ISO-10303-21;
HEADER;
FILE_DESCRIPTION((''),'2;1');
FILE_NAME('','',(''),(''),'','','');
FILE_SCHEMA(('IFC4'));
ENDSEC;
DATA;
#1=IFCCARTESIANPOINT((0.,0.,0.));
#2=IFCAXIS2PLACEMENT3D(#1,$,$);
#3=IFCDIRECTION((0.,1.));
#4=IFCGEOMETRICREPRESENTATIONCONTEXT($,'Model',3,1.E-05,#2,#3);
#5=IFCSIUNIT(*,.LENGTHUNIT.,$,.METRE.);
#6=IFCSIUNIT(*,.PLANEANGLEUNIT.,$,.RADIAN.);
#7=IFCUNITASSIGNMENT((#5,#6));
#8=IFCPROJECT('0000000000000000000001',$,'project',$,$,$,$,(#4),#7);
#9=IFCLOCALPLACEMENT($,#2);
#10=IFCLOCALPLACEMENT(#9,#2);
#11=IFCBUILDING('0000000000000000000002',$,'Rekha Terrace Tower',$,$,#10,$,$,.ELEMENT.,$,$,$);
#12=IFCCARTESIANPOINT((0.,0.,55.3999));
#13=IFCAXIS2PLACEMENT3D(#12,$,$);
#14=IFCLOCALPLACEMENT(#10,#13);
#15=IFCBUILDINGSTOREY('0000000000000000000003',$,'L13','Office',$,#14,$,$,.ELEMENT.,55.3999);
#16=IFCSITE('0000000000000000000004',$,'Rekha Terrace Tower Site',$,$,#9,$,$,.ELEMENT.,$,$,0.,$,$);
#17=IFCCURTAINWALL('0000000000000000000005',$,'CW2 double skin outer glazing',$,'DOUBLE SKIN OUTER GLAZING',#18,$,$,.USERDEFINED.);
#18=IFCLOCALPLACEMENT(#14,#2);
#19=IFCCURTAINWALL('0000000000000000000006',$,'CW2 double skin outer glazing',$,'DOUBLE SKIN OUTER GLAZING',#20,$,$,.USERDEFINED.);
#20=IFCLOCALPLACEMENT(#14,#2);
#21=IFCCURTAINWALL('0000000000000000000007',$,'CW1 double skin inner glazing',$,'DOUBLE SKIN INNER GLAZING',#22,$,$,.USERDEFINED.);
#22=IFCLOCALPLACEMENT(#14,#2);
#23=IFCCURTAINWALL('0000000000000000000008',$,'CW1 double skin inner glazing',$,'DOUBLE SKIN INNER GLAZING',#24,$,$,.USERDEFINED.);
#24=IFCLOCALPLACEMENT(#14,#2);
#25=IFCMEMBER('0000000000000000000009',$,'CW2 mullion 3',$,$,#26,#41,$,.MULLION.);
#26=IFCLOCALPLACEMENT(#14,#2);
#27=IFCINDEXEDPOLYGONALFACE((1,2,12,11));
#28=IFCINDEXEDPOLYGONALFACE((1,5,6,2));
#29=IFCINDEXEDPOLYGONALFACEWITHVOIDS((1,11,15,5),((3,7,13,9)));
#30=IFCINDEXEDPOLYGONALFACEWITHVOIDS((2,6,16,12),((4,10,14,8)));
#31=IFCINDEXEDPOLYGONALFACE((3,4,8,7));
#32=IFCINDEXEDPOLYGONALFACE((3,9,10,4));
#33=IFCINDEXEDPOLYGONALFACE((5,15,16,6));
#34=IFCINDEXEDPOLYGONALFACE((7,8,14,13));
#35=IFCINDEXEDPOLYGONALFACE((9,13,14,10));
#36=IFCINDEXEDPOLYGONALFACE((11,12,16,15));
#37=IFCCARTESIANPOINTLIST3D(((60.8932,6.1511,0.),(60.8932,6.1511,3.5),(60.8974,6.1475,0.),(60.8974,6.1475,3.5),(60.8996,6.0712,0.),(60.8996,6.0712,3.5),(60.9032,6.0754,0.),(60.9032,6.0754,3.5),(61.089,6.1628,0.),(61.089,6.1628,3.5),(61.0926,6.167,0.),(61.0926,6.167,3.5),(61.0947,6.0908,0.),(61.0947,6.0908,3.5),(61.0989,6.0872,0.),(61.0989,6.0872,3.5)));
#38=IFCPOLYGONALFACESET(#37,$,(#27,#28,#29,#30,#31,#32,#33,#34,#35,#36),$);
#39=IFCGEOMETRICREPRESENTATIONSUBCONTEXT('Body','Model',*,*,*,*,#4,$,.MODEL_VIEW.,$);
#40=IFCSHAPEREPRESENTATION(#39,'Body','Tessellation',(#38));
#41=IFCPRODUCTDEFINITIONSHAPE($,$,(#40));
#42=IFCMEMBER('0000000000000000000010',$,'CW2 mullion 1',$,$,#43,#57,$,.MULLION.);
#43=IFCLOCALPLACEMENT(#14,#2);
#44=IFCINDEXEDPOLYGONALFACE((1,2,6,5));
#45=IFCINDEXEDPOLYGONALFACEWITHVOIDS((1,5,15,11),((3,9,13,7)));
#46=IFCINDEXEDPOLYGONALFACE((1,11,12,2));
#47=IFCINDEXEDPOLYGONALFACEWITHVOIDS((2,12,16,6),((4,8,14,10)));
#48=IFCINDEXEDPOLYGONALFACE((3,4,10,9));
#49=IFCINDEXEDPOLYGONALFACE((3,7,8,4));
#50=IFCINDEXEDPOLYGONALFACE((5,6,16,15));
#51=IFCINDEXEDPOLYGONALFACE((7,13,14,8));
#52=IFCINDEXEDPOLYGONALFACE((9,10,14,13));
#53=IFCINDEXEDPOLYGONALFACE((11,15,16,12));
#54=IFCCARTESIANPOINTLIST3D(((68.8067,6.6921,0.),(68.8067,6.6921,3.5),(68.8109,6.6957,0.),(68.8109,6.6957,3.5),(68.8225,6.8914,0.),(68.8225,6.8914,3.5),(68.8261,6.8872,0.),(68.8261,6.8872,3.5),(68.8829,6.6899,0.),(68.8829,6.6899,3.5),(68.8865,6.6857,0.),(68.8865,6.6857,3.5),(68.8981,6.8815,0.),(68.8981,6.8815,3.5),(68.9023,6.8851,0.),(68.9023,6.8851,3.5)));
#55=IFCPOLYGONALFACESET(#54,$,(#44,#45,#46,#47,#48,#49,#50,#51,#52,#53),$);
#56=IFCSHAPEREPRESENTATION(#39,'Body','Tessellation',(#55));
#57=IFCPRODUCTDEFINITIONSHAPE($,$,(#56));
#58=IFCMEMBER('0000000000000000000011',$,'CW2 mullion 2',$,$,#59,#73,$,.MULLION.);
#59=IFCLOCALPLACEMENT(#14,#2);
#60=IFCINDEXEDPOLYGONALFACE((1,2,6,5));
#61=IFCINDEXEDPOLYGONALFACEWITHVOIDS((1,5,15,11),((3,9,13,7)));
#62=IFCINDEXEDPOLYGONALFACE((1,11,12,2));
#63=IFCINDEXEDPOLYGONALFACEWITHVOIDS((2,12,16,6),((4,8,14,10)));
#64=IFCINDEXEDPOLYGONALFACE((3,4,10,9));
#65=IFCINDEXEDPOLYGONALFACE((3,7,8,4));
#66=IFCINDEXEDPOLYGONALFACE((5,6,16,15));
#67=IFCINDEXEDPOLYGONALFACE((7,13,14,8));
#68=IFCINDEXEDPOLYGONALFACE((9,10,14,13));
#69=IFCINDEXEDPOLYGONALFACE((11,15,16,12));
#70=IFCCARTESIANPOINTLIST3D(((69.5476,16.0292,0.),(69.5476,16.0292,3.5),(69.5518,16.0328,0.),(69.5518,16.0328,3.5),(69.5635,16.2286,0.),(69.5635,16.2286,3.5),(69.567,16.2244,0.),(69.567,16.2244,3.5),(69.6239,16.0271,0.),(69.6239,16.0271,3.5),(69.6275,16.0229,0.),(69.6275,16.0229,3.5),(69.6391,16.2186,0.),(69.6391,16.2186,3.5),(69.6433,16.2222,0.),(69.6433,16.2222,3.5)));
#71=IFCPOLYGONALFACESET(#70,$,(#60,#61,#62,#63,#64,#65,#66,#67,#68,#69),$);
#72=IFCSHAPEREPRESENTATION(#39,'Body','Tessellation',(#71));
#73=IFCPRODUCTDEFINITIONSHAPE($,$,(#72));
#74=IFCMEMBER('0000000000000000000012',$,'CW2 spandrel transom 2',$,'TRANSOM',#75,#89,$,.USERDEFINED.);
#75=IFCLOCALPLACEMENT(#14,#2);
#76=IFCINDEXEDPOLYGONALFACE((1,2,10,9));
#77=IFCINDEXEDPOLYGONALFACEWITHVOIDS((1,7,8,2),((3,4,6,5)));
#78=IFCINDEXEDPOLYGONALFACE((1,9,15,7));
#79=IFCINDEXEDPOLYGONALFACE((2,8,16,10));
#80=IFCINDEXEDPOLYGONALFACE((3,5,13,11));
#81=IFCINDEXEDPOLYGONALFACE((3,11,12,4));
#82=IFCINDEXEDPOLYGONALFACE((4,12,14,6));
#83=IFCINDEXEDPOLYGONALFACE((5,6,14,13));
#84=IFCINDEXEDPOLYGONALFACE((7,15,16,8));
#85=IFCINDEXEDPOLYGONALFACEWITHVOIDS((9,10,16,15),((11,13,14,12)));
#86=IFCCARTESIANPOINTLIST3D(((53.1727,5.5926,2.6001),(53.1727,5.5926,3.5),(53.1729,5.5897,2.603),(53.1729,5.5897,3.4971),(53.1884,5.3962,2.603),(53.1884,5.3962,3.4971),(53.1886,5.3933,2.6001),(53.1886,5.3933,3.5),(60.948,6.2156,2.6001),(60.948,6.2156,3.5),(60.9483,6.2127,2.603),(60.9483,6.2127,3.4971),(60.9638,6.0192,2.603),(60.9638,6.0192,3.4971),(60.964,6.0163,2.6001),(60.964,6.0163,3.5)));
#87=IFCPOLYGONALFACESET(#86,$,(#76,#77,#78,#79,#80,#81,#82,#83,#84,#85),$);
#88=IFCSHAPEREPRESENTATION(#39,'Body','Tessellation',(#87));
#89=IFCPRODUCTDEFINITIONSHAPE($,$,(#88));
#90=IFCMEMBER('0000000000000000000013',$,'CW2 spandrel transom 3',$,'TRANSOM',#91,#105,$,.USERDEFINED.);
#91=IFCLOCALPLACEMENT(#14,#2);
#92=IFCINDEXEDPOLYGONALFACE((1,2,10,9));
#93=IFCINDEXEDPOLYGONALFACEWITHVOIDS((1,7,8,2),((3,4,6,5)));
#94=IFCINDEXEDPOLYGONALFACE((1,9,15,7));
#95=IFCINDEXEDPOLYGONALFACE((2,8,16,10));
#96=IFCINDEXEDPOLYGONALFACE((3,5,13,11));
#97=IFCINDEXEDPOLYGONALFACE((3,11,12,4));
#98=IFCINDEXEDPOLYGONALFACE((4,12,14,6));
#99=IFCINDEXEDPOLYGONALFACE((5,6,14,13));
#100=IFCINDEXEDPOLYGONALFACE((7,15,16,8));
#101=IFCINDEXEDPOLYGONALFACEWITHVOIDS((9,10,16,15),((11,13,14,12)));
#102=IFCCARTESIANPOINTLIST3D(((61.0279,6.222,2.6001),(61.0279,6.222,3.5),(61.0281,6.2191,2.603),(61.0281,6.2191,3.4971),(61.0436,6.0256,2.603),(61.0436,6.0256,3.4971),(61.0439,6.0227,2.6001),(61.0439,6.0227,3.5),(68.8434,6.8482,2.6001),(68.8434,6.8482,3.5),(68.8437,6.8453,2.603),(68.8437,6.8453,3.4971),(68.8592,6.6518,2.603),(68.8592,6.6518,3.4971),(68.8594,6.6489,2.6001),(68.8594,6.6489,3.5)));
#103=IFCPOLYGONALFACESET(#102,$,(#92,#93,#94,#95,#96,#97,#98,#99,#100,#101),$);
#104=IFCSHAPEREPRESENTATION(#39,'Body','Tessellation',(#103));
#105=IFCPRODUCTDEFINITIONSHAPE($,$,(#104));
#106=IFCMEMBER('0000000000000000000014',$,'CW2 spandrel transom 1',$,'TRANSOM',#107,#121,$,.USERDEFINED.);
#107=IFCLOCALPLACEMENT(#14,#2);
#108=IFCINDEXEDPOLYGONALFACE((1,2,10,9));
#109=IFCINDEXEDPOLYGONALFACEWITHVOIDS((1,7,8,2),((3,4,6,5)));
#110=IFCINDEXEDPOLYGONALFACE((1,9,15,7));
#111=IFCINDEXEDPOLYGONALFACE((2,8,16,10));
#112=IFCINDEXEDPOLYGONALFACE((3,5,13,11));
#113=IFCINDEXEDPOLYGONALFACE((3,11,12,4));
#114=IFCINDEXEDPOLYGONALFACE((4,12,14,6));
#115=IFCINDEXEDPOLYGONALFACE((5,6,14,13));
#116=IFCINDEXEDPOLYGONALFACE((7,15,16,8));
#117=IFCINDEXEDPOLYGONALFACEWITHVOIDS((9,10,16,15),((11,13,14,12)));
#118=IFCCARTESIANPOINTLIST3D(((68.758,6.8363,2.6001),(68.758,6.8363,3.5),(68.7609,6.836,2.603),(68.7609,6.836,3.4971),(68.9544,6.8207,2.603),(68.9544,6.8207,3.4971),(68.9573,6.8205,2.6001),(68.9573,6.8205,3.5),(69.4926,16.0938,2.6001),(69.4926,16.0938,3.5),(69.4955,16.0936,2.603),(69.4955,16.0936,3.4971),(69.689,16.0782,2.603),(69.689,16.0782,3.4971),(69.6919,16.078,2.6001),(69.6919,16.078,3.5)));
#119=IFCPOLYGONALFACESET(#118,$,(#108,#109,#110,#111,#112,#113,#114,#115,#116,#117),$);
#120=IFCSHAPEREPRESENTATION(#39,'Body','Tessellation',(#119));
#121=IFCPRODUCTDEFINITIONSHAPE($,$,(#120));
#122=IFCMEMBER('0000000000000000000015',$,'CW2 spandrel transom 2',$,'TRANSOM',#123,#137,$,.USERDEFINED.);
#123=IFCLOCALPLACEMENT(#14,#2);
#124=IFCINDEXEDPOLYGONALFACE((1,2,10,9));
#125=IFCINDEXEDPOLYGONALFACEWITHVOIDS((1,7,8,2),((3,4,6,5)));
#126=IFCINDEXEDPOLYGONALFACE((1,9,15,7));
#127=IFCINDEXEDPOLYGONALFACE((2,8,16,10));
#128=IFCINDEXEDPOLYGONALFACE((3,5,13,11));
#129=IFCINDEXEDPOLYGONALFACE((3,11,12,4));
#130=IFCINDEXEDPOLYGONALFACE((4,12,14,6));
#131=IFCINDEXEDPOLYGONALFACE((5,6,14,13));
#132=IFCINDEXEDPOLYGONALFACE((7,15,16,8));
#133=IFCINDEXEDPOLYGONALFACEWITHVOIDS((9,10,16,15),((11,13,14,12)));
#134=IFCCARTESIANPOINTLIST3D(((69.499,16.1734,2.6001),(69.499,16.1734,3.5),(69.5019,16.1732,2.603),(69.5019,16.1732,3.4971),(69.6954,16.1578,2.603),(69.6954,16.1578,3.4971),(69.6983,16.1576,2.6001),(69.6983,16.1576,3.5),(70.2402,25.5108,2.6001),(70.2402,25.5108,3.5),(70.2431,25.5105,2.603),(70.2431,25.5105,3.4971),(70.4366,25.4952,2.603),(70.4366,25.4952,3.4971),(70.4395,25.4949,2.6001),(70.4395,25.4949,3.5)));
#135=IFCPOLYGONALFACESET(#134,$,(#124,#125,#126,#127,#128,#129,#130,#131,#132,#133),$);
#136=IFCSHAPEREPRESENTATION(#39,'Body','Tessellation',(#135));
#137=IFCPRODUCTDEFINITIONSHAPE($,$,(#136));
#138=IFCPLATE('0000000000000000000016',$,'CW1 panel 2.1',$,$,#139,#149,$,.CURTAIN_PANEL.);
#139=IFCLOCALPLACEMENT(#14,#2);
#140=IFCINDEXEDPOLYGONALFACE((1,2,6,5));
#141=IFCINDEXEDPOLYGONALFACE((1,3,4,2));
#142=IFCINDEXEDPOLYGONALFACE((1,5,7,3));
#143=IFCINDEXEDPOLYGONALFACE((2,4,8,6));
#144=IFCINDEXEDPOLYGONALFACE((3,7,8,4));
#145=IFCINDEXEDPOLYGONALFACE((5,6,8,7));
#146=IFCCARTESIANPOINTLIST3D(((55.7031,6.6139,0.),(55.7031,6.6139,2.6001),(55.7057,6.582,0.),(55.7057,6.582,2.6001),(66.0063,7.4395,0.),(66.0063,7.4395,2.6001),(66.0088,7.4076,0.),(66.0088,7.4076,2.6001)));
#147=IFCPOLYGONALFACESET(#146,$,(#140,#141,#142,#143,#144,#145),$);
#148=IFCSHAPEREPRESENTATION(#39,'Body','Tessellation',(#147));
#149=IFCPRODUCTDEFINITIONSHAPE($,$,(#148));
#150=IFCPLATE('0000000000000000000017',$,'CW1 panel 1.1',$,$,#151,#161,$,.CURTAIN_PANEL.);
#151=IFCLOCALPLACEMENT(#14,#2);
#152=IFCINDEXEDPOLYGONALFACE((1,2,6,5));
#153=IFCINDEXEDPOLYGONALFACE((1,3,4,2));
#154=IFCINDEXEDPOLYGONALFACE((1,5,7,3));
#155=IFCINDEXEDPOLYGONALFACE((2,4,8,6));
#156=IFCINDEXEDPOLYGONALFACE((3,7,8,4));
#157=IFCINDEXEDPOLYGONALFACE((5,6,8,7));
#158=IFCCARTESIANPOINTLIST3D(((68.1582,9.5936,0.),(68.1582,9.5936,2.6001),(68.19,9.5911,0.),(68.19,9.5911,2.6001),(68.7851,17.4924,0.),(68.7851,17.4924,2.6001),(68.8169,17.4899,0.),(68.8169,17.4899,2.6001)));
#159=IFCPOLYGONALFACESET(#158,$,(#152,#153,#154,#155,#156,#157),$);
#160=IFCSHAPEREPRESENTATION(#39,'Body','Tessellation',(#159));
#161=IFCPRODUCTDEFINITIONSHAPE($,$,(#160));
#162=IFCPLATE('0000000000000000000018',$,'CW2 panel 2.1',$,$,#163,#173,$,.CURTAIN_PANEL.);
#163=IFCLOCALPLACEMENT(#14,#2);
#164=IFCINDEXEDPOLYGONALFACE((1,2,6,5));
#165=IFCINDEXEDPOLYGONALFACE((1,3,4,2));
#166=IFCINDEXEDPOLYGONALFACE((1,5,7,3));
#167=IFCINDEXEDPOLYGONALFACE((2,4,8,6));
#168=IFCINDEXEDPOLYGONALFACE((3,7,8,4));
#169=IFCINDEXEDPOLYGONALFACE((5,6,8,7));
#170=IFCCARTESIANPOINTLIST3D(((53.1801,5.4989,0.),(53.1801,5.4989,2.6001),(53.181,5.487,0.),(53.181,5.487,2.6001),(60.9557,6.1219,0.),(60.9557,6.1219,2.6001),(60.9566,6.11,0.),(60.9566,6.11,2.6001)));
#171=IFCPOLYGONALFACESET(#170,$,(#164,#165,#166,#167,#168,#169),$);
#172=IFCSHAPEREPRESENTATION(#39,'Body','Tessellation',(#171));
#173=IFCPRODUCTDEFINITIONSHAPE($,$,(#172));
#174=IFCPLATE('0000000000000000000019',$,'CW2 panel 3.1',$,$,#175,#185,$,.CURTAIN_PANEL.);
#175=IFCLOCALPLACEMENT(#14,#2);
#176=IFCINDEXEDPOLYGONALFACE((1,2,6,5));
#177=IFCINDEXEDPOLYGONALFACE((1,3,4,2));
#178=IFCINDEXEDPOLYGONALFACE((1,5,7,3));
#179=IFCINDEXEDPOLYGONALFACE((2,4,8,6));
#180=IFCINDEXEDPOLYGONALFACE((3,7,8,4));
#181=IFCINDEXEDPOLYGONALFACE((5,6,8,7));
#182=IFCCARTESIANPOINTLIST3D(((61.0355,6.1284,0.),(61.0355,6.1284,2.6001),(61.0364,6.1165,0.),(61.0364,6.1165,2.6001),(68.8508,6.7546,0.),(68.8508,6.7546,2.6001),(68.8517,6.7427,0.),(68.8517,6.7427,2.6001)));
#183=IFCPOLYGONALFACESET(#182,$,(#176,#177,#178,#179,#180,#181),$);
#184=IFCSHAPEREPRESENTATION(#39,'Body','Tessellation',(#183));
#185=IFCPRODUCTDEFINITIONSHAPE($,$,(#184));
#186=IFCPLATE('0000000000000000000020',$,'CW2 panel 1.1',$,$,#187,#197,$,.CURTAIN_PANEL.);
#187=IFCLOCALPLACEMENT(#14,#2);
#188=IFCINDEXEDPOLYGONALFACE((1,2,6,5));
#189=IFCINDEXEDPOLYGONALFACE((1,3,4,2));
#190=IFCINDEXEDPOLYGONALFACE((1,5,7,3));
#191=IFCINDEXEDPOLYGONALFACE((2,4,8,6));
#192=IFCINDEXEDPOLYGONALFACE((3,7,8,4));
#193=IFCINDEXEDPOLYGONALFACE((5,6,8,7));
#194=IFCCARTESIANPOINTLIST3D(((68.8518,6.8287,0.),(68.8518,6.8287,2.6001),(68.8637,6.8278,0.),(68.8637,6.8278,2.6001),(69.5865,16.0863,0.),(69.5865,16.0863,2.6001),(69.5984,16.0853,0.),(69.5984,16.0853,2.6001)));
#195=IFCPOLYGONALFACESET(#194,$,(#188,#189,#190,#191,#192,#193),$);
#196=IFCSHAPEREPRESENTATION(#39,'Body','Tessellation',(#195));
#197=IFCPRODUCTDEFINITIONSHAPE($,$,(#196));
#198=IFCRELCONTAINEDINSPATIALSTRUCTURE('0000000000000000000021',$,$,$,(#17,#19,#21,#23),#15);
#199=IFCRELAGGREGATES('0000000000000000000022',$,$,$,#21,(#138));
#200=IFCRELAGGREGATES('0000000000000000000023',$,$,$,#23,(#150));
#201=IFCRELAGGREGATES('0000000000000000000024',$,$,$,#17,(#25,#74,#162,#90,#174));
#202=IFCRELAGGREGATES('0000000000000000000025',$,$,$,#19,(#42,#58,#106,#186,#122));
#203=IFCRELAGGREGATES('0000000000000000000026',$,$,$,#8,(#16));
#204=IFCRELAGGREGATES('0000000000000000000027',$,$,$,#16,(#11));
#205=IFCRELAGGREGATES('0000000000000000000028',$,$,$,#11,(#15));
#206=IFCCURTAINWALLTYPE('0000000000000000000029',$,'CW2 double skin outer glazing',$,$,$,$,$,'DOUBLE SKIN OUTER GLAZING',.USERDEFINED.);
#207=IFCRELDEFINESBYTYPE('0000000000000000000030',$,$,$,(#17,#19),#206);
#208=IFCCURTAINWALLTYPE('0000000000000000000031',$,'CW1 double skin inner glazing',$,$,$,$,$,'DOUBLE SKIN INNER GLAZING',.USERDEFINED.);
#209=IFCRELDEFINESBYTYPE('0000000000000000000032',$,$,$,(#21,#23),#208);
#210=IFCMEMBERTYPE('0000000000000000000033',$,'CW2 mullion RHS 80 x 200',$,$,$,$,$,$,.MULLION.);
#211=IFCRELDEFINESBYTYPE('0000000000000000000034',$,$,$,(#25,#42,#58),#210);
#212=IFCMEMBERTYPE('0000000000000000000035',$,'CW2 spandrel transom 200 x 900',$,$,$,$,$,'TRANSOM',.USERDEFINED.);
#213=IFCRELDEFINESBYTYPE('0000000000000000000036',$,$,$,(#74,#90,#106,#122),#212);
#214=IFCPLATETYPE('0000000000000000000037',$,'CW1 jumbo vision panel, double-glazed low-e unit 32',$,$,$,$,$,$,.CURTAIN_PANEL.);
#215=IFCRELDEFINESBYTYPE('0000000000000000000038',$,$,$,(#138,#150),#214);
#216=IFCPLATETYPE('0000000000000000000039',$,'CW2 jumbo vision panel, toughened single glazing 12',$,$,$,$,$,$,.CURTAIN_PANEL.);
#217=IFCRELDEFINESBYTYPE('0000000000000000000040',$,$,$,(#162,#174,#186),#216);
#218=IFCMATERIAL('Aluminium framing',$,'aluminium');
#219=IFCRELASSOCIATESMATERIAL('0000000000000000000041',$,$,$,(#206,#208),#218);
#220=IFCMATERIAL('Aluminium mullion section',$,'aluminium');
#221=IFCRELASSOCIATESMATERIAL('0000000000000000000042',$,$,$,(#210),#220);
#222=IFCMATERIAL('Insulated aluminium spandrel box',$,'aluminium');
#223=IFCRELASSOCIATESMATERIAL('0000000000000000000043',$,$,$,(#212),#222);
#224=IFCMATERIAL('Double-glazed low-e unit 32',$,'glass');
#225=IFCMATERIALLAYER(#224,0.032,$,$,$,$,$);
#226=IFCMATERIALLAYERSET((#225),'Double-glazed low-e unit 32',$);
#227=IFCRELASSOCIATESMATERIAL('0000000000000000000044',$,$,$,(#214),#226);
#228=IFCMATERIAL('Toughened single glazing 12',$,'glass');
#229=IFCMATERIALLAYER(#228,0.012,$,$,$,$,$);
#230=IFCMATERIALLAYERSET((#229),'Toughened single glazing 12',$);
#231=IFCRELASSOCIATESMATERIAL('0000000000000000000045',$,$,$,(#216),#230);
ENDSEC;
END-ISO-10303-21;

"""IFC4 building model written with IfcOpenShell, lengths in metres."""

from ifc_helpers import new_model, si_unit, direction, frame, origin, origin_2d, place, context, subcontext, project, spatial, rectangle, hollow_rectangle, extrude, material, layer, layer_set, material_profile, profile_set, type_object, element, aggregate, save


model = new_model("IFC4")

# Units and contexts
model_context = context("Model", 3, precision=1e-05, world=origin(), true_north=direction((0.0, 1.0)))
body_context = subcontext(model_context, "Body", "Model", "MODEL_VIEW")
ifc_project = project(units=[si_unit("LENGTHUNIT", "METRE"), si_unit("PLANEANGLEUNIT", "RADIAN")], contexts=[model_context])

# Site, building, storey
site_placement = place(None, origin())
site = spatial("IfcSite", under=ifc_project, at=site_placement, Name="Rekha Terrace Tower Site", CompositionType="ELEMENT", RefElevation=0.0)
building_placement = place(site_placement, origin())
building = spatial("IfcBuilding", under=site, at=building_placement, Name="Rekha Terrace Tower", CompositionType="ELEMENT")
storey_placement = place(building_placement, frame((0.0, 0.0, 55.3999)))
storey = spatial("IfcBuildingStorey", under=building, at=storey_placement, Name="L13", Description="Office", CompositionType="ELEMENT", Elevation=55.3999)

# Curtain wall
ifc_material_1 = material(Name="Aluminium framing", Category="aluminium")
curtain_wall_type_1 = type_object("IfcCurtainWallType", Name="CW2 double skin outer glazing", ElementType="DOUBLE SKIN OUTER GLAZING", PredefinedType="USERDEFINED", material=ifc_material_1)
curtain_wall_1_placement = place(storey_placement, origin())
curtain_wall_1 = element("IfcCurtainWall", 1, at=curtain_wall_1_placement, inside=storey, type_object=curtain_wall_type_1, Name="CW2 double skin outer glazing", ObjectType="DOUBLE SKIN OUTER GLAZING", PredefinedType="USERDEFINED")

# Curtain wall
curtain_wall_2_placement = place(storey_placement, origin())
curtain_wall_2 = element("IfcCurtainWall", 2, at=curtain_wall_2_placement, inside=storey, type_object=curtain_wall_type_1, Name="CW2 double skin outer glazing", ObjectType="DOUBLE SKIN OUTER GLAZING", PredefinedType="USERDEFINED")

# Curtain wall
curtain_wall_type_2 = type_object("IfcCurtainWallType", Name="CW1 double skin inner glazing", ElementType="DOUBLE SKIN INNER GLAZING", PredefinedType="USERDEFINED", material=ifc_material_1)
curtain_wall_3_placement = place(storey_placement, origin())
curtain_wall_3 = element("IfcCurtainWall", 3, at=curtain_wall_3_placement, inside=storey, type_object=curtain_wall_type_2, Name="CW1 double skin inner glazing", ObjectType="DOUBLE SKIN INNER GLAZING", PredefinedType="USERDEFINED")
ifc_material_2 = material(Name="Aluminium mullion section", Category="aluminium")

# Curtain wall
curtain_wall_4_placement = place(storey_placement, origin())
curtain_wall_4 = element("IfcCurtainWall", 4, at=curtain_wall_4_placement, inside=storey, type_object=curtain_wall_type_2, Name="CW1 double skin inner glazing", ObjectType="DOUBLE SKIN INNER GLAZING", PredefinedType="USERDEFINED")

# Members
ifc_material_3 = material(Name="Insulated aluminium spandrel box", Category="aluminium")
ifc_material_profile_1 = material_profile(ifc_material_2, hollow_rectangle(XDim=0.0801, YDim=0.2, WallThickness=0.0039, at=origin_2d()), Name="AL RHS 80x200")
ifc_profile_set_1 = profile_set([ifc_material_profile_1], Name="Aluminium mullion section")
member_type_1 = type_object("IfcMemberType", Name="CW2 mullion RHS 80 x 200", PredefinedType="MULLION", material=ifc_profile_set_1)
member_1_placement = place(storey_placement, frame((60.9961, 6.1191, 0.0), z_axis=(0.0, 0.0, 1.0), x_axis=(-0.079872, 0.996805, 0.0)))
member_1 = element("IfcMember", 5, at=member_1_placement, type_object=member_type_1, Name="CW2 mullion 3", PredefinedType="MULLION", context=body_context, shape_type="SweptSolid", body=[
    extrude(hollow_rectangle(XDim=0.0801, YDim=0.2, WallThickness=0.0039, at=origin_2d()), origin(), (0.0, 0.0, 1.0), 3.5),
])
member_2_placement = place(storey_placement, frame((68.8545, 6.7886, 0.0), z_axis=(0.0, 0.0, 1.0), x_axis=(-0.996865, 0.079116, 0.0)))
member_2 = element("IfcMember", 6, at=member_2_placement, type_object=member_type_1, Name="CW2 mullion 1", PredefinedType="MULLION", context=body_context, shape_type="SweptSolid", body=[
    extrude(hollow_rectangle(XDim=0.0801, YDim=0.2, WallThickness=0.0039, at=origin_2d()), origin(), (0.0, 0.0, 1.0), 3.5),
])
member_3_placement = place(storey_placement, frame((69.5955, 16.1257, 0.0), z_axis=(0.0, 0.0, 1.0), x_axis=(-0.996865, 0.079116, 0.0)))
member_3 = element("IfcMember", 7, at=member_3_placement, type_object=member_type_1, Name="CW2 mullion 2", PredefinedType="MULLION", context=body_context, shape_type="SweptSolid", body=[
    extrude(hollow_rectangle(XDim=0.0801, YDim=0.2, WallThickness=0.0039, at=origin_2d()), origin(), (0.0, 0.0, 1.0), 3.5),
])
ifc_material_profile_2 = material_profile(ifc_material_3, hollow_rectangle(XDim=0.2, YDim=0.8999, WallThickness=0.0029, at=origin_2d()), Name="AL SPANDREL BOX 200x900")
ifc_profile_set_2 = profile_set([ifc_material_profile_2], Name="Insulated aluminium spandrel box")
member_type_2 = type_object("IfcMemberType", Name="CW2 spandrel transom 200 x 900", ElementType="TRANSOM", PredefinedType="USERDEFINED", material=ifc_profile_set_2)
member_4_placement = place(storey_placement, frame((53.1807, 5.4929, 3.05), z_axis=(0.996805, 0.079875, 0.0), x_axis=(-0.079875, 0.996805, 0.0)))
member_4 = element("IfcMember", 8, at=member_4_placement, type_object=member_type_2, Name="CW2 spandrel transom 2", ObjectType="TRANSOM", PredefinedType="USERDEFINED", context=body_context, shape_type="SweptSolid", body=[
    extrude(hollow_rectangle(XDim=0.2, YDim=0.8999, WallThickness=0.0029, at=origin_2d()), origin(), (0.0, 0.0, 1.0), 7.8003),
])
member_5_placement = place(storey_placement, frame((61.0359, 6.1223, 3.05), z_axis=(0.996805, 0.07987, 0.0), x_axis=(-0.07987, 0.996805, 0.0)))
member_5 = element("IfcMember", 9, at=member_5_placement, type_object=member_type_2, Name="CW2 spandrel transom 3", ObjectType="TRANSOM", PredefinedType="USERDEFINED", context=body_context, shape_type="SweptSolid", body=[
    extrude(hollow_rectangle(XDim=0.2, YDim=0.8999, WallThickness=0.0029, at=origin_2d()), origin(), (0.0, 0.0, 1.0), 7.8406),
])
member_6_placement = place(storey_placement, frame((68.8577, 6.8284, 3.05), z_axis=(0.079105, 0.996866, 0.0), x_axis=(-0.996866, 0.079105, 0.0)))
member_6 = element("IfcMember", 10, at=member_6_placement, type_object=member_type_2, Name="CW2 spandrel transom 1", ObjectType="TRANSOM", PredefinedType="USERDEFINED", context=body_context, shape_type="SweptSolid", body=[
    extrude(hollow_rectangle(XDim=0.2, YDim=0.8999, WallThickness=0.0029, at=origin_2d()), origin(), (0.0, 0.0, 1.0), 9.2866),
])
member_7_placement = place(storey_placement, frame((69.5986, 16.1655, 3.05), z_axis=(0.079132, 0.996864, 0.0), x_axis=(-0.996864, 0.079132, 0.0)))
member_7 = element("IfcMember", 11, at=member_7_placement, type_object=member_type_2, Name="CW2 spandrel transom 2", ObjectType="TRANSOM", PredefinedType="USERDEFINED", context=body_context, shape_type="SweptSolid", body=[
    extrude(hollow_rectangle(XDim=0.2, YDim=0.8999, WallThickness=0.0029, at=origin_2d()), origin(), (0.0, 0.0, 1.0), 9.3667),
])

# Plates
ifc_material_4 = material(Name="Double-glazed low-e unit 32", Category="glass")
ifc_layer_1 = layer(ifc_material_4, 0.032)
ifc_layer_set_1 = layer_set([ifc_layer_1], Name="Double-glazed low-e unit 32")
plate_type_1 = type_object("IfcPlateType", Name="CW1 jumbo vision panel, double-glazed low-e unit 32", PredefinedType="CURTAIN_PANEL", material=ifc_layer_set_1)
plate_1_placement = place(storey_placement, frame((60.856, 7.0107, 0.0), z_axis=(0.0, 0.0, 1.0), x_axis=(0.996805, 0.079872, 0.0)))
plate_1 = element("IfcPlate", 12, at=plate_1_placement, type_object=plate_type_1, Name="CW1 panel 2.1", PredefinedType="CURTAIN_PANEL", context=body_context, shape_type="SweptSolid", body=[
    extrude(rectangle(XDim=10.3362, YDim=0.032, at=origin_2d()), origin(), (0.0, 0.0, 1.0), 2.6001),
])
aggregate(curtain_wall_3, [plate_1])
plate_2_placement = place(storey_placement, frame((68.4875, 13.5417, 0.0), z_axis=(0.0, 0.0, 1.0), x_axis=(0.079116, 0.996865, 0.0)))
plate_2 = element("IfcPlate", 13, at=plate_2_placement, type_object=plate_type_1, Name="CW1 panel 1.1", PredefinedType="CURTAIN_PANEL", context=body_context, shape_type="SweptSolid", body=[
    extrude(rectangle(XDim=7.9236, YDim=0.032, at=origin_2d()), origin(), (0.0, 0.0, 1.0), 2.6001),
])
aggregate(curtain_wall_4, [plate_2])
ifc_material_5 = material(Name="Toughened single glazing 12", Category="glass")
ifc_layer_2 = layer(ifc_material_5, 0.012)
ifc_layer_set_2 = layer_set([ifc_layer_2], Name="Toughened single glazing 12")
plate_type_2 = type_object("IfcPlateType", Name="CW2 jumbo vision panel, toughened single glazing 12", PredefinedType="CURTAIN_PANEL", material=ifc_layer_set_2)
plate_3_placement = place(storey_placement, frame((57.0684, 5.8044, 0.0), z_axis=(0.0, 0.0, 1.0), x_axis=(0.996805, 0.079872, 0.0)))
plate_3 = element("IfcPlate", 14, at=plate_3_placement, type_object=plate_type_2, Name="CW2 panel 2.1", PredefinedType="CURTAIN_PANEL", context=body_context, shape_type="SweptSolid", body=[
    extrude(rectangle(XDim=7.8005, YDim=0.012, at=origin_2d()), origin(), (0.0, 0.0, 1.0), 2.6001),
])
plate_4_placement = place(storey_placement, frame((64.9436, 6.4355, 0.0), z_axis=(0.0, 0.0, 1.0), x_axis=(0.996805, 0.079872, 0.0)))
plate_4 = element("IfcPlate", 15, at=plate_4_placement, type_object=plate_type_2, Name="CW2 panel 3.1", PredefinedType="CURTAIN_PANEL", context=body_context, shape_type="SweptSolid", body=[
    extrude(rectangle(XDim=7.8403, YDim=0.012, at=origin_2d()), origin(), (0.0, 0.0, 1.0), 2.6001),
])
aggregate(curtain_wall_1, [member_1, member_4, plate_3, member_5, plate_4])
plate_5_placement = place(storey_placement, frame((69.2251, 11.457, 0.0), z_axis=(0.0, 0.0, 1.0), x_axis=(0.079116, 0.996865, 0.0)))
plate_5 = element("IfcPlate", 16, at=plate_5_placement, type_object=plate_type_2, Name="CW2 panel 1.1", PredefinedType="CURTAIN_PANEL", context=body_context, shape_type="SweptSolid", body=[
    extrude(rectangle(XDim=9.2866, YDim=0.012, at=origin_2d()), origin(), (0.0, 0.0, 1.0), 2.6001),
])
aggregate(curtain_wall_2, [member_2, member_3, member_6, plate_5, member_7])

save(model, "model.ifc")
